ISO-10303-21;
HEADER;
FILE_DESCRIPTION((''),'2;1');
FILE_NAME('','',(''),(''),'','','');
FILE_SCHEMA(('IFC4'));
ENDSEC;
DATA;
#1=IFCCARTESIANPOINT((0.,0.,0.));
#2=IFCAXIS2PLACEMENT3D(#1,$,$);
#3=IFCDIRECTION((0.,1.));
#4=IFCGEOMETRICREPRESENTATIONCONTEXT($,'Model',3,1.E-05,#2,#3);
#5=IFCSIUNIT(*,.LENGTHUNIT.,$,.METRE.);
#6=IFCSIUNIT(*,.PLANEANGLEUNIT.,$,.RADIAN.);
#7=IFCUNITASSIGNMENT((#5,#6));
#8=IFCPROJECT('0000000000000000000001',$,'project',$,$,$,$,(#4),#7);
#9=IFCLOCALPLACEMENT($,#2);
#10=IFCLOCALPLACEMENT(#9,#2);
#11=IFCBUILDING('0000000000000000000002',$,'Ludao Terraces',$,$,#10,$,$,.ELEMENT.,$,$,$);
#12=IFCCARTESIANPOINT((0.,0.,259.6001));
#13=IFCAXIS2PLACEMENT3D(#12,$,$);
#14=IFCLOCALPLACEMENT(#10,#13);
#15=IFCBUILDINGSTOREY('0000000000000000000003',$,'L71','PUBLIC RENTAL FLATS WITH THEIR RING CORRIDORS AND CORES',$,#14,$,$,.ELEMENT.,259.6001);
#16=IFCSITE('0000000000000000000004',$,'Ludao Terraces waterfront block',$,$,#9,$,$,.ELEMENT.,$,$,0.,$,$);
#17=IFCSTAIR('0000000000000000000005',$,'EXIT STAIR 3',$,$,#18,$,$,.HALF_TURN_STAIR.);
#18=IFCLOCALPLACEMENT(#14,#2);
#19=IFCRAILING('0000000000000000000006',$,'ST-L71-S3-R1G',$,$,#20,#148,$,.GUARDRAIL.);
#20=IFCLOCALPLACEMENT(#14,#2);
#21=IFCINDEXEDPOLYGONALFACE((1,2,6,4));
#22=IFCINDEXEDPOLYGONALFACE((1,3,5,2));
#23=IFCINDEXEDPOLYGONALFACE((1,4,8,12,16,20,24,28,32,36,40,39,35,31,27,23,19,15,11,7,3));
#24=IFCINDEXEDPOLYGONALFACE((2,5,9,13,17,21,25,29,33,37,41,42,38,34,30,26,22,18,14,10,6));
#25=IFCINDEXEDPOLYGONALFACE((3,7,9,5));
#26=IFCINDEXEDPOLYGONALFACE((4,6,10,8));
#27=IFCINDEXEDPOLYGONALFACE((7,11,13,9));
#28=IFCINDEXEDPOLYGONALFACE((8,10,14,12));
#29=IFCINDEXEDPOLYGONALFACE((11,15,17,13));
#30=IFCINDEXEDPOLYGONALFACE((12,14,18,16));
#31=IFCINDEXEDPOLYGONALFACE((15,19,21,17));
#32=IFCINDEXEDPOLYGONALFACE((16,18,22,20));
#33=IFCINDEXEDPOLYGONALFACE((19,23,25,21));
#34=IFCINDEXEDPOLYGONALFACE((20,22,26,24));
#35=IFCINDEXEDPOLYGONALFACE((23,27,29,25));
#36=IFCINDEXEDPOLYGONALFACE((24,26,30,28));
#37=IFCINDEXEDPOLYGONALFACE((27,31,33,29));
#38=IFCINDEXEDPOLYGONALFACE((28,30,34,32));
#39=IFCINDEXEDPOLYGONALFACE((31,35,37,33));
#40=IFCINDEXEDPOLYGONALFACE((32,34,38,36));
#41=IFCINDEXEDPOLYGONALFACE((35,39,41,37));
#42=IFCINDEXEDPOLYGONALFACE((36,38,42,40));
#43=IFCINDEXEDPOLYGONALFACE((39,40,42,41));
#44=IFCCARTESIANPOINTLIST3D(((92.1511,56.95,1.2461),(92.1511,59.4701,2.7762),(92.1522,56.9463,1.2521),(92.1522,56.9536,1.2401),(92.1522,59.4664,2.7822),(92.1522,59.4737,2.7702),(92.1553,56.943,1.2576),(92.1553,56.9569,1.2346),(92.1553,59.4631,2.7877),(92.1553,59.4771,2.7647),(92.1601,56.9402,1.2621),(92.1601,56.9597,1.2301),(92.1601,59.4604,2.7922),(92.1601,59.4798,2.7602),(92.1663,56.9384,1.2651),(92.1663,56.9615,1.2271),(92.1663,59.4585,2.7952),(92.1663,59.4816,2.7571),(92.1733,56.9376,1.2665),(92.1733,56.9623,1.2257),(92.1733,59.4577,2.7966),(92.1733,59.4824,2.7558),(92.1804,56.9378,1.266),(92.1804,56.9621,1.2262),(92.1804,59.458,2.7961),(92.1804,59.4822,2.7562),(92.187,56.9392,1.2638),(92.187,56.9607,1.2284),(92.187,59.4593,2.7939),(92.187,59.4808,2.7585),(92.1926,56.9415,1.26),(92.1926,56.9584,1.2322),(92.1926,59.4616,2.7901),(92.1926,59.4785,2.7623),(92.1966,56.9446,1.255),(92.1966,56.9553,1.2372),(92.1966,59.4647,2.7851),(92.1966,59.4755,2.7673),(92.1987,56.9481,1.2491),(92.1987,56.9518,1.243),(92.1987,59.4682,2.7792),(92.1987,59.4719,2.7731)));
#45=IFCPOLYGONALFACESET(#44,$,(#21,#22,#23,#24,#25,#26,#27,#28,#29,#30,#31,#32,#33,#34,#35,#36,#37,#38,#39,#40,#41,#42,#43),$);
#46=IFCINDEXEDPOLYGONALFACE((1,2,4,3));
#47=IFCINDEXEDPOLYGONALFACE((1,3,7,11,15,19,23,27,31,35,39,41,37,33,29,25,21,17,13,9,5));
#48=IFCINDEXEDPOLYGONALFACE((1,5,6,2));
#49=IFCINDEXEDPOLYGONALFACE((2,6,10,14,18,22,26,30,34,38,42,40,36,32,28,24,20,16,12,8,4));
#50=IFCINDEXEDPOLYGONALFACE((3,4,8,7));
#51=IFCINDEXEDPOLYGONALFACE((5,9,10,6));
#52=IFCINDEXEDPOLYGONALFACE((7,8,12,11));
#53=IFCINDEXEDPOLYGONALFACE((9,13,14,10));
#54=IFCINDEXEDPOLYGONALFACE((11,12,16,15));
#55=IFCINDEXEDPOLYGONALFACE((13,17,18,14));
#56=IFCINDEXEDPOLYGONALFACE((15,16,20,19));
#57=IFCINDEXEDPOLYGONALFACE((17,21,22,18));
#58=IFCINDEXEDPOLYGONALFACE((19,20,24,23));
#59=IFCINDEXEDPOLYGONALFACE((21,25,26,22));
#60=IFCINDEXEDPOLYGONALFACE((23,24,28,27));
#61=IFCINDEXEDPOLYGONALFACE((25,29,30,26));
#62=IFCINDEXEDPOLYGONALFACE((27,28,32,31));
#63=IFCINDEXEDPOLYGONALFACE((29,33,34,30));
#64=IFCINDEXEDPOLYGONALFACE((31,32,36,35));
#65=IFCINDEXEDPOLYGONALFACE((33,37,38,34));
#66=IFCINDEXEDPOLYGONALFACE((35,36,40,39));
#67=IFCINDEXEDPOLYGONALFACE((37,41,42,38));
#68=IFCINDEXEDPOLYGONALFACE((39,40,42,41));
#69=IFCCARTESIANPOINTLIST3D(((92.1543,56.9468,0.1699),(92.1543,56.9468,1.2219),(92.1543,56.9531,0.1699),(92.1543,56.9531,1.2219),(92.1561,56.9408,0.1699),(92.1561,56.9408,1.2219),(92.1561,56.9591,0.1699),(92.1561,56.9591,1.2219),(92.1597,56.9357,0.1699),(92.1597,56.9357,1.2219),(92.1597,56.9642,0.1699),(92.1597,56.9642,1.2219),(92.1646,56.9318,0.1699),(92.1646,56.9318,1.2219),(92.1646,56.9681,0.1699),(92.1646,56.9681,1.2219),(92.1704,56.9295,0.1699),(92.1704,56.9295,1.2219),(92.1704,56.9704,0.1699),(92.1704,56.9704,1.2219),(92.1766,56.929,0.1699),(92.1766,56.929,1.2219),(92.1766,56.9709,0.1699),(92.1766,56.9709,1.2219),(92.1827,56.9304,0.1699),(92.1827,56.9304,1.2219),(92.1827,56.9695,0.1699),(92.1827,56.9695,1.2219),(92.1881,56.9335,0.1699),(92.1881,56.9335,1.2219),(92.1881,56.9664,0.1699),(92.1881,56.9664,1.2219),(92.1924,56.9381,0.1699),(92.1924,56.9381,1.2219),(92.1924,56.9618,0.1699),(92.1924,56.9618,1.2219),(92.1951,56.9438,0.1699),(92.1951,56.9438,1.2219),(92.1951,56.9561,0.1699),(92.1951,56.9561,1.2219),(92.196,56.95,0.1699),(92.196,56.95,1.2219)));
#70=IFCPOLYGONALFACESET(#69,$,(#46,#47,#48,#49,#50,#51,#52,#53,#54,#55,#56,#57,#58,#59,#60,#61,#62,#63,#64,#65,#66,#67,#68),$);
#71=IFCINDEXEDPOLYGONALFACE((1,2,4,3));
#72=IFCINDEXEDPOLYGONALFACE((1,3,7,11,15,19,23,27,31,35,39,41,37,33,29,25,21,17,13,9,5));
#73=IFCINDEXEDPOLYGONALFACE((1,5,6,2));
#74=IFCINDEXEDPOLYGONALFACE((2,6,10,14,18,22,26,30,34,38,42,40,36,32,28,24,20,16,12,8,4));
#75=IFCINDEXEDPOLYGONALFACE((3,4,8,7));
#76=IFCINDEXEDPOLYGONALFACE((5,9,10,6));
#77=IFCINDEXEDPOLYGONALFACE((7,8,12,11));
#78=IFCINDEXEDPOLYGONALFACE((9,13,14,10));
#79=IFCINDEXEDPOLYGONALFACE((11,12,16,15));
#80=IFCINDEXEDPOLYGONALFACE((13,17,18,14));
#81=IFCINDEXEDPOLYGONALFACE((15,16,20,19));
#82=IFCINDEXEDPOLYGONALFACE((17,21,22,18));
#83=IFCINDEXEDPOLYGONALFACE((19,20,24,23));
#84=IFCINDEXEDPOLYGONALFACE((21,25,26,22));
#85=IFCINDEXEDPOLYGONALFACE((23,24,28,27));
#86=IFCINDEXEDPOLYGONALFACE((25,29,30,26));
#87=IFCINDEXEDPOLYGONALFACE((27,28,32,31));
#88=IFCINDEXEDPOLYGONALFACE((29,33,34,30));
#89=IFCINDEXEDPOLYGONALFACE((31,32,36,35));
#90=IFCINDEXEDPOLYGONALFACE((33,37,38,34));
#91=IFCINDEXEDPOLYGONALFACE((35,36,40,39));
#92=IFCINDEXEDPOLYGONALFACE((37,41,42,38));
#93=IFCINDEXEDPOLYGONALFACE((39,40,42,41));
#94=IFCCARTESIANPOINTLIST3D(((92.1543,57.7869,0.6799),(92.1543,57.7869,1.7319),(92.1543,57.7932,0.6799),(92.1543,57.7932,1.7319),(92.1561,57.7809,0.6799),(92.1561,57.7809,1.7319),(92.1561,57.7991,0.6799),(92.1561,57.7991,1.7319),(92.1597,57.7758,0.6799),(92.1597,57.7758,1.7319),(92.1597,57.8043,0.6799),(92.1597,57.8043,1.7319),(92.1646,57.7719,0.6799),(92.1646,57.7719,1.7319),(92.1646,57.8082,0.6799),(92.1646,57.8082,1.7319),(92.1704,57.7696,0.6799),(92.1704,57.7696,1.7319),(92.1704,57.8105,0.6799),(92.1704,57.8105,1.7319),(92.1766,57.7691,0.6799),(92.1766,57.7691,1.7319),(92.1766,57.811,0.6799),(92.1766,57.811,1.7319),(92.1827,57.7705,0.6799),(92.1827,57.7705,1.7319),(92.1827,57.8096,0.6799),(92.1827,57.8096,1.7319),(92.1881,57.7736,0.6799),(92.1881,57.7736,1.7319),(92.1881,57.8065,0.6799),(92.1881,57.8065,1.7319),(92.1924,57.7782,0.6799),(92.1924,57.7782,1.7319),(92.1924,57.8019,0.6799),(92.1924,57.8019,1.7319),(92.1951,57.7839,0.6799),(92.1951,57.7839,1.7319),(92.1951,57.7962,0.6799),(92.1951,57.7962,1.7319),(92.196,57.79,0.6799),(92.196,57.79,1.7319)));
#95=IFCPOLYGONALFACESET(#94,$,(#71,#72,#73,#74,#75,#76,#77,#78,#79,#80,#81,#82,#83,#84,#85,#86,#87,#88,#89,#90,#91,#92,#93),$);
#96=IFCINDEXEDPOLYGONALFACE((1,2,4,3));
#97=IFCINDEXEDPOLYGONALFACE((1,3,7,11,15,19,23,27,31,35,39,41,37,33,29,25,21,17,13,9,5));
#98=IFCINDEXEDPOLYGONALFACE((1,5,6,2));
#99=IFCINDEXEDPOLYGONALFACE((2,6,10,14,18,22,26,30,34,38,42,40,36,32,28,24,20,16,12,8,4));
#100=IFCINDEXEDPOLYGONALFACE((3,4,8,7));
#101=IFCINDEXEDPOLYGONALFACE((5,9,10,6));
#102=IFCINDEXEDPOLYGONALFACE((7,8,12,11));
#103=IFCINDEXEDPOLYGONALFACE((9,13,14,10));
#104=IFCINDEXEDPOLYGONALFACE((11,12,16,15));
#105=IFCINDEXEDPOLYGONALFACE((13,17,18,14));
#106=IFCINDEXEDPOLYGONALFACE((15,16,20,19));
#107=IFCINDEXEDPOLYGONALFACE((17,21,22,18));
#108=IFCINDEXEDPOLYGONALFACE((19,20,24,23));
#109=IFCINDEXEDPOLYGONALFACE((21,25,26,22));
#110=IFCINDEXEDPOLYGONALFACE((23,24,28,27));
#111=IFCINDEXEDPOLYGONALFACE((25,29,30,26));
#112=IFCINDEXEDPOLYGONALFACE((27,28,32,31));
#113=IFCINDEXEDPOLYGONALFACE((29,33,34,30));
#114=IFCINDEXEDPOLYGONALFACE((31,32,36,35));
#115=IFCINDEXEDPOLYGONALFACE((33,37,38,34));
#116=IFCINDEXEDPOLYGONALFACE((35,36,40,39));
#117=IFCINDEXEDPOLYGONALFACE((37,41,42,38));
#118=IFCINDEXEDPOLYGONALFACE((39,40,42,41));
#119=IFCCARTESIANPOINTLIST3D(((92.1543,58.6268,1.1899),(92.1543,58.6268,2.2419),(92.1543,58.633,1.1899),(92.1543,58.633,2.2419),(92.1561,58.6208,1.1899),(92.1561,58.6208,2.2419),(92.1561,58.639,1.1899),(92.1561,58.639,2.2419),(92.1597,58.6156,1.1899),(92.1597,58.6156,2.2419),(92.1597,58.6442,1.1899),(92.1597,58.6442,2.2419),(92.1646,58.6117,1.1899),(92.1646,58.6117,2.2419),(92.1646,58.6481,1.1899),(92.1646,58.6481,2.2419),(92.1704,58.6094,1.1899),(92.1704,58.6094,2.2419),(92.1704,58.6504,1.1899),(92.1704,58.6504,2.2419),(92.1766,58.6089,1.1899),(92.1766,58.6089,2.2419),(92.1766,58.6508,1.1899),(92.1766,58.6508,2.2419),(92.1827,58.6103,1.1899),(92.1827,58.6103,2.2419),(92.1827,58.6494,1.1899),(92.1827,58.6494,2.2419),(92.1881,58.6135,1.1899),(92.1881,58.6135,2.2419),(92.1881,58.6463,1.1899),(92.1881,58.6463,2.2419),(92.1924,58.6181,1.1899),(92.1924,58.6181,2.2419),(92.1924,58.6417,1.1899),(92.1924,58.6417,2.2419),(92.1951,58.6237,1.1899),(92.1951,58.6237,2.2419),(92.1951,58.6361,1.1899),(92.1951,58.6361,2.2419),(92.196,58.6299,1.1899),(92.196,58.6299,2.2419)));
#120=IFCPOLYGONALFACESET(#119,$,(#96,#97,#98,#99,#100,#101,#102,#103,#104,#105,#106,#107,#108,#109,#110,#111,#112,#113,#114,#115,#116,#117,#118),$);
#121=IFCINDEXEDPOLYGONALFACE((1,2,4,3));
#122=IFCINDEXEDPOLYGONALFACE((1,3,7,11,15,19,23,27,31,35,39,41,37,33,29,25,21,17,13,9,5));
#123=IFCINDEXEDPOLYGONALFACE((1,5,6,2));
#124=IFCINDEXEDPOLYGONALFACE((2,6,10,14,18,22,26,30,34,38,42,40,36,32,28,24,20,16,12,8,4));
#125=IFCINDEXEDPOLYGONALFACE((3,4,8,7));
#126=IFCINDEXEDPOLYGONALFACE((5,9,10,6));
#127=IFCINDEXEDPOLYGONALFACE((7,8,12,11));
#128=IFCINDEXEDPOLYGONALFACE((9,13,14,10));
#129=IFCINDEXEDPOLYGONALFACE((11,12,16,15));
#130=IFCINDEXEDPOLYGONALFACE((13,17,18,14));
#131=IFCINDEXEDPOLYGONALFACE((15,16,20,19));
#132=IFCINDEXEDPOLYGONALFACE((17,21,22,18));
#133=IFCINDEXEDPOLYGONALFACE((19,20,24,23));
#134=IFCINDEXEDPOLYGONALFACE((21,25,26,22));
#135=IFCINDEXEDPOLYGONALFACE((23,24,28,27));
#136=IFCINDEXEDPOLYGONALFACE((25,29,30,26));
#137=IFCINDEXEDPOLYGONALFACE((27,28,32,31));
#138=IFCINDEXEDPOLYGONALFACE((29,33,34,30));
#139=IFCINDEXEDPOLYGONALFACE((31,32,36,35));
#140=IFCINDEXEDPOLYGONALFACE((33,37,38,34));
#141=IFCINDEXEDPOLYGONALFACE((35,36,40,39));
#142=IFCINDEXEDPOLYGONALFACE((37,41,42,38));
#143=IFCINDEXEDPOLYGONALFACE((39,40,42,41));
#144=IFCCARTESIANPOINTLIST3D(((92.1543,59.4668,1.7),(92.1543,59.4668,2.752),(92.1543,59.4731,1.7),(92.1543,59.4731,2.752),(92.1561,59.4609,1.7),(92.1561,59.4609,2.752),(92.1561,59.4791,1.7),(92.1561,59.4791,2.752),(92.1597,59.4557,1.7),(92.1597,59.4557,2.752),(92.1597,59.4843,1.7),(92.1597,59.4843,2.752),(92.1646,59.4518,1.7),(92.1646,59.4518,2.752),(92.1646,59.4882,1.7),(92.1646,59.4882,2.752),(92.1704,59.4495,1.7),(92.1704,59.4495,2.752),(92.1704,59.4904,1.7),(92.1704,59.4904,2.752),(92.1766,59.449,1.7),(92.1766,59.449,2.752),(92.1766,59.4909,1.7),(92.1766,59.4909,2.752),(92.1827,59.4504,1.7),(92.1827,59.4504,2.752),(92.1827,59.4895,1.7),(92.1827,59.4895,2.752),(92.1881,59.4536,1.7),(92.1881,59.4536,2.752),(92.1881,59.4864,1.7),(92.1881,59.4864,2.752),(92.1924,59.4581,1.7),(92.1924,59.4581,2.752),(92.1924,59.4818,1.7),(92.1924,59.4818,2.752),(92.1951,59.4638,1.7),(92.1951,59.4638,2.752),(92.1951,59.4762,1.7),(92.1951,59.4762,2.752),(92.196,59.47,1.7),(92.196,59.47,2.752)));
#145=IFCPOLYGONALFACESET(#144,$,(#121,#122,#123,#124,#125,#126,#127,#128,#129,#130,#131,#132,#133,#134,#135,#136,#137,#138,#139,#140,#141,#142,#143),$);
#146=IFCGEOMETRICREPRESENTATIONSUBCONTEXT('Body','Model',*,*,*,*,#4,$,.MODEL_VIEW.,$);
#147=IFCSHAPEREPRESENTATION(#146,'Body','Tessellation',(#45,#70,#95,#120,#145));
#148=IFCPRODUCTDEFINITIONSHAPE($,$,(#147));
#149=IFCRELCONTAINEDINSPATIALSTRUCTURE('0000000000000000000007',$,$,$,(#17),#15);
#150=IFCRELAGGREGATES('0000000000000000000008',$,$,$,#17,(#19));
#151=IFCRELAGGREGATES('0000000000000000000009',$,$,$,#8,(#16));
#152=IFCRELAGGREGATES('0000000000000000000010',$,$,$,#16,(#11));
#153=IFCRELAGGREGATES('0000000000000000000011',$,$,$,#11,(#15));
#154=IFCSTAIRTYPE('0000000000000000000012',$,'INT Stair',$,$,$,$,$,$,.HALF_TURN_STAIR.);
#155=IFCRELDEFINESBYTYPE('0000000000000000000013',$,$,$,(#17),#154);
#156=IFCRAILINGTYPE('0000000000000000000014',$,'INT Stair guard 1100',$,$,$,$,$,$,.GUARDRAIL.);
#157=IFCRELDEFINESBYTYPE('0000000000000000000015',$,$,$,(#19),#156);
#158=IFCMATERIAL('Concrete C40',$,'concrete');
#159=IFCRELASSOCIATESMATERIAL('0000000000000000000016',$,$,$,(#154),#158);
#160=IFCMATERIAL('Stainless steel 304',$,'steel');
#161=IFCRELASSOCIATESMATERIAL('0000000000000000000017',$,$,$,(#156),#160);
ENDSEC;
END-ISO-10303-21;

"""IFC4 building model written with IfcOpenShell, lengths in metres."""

from ifc_helpers import new_model, si_unit, direction, frame, origin, origin_2d, place, context, subcontext, project, spatial, circle, extrude, material, type_object, element, aggregate, save


model = new_model("IFC4")

# Units and contexts
model_context = context("Model", 3, precision=1e-05, world=origin(), true_north=direction((0.0, 1.0)))
body_context = subcontext(model_context, "Body", "Model", "MODEL_VIEW")
ifc_project = project(units=[si_unit("LENGTHUNIT", "METRE"), si_unit("PLANEANGLEUNIT", "RADIAN")], contexts=[model_context])

# Site, building, storey
site_placement = place(None, origin())
site = spatial("IfcSite", under=ifc_project, at=site_placement, Name="Ludao Terraces waterfront block", CompositionType="ELEMENT", RefElevation=0.0)
building_placement = place(site_placement, origin())
building = spatial("IfcBuilding", under=site, at=building_placement, Name="Ludao Terraces", CompositionType="ELEMENT")
storey_placement = place(building_placement, frame((0.0, 0.0, 259.6001)))
storey = spatial("IfcBuildingStorey", under=building, at=storey_placement, Name="L71", Description="PUBLIC RENTAL FLATS WITH THEIR RING CORRIDORS AND CORES", CompositionType="ELEMENT", Elevation=259.6001)

# Shared definitions
ifc_material_1 = material(Name="Concrete C40", Category="concrete")

# Stair, railing
stair_type = type_object("IfcStairType", Name="INT Stair", PredefinedType="HALF_TURN_STAIR", material=ifc_material_1)
stair_placement = place(storey_placement, origin())
stair = element("IfcStair", 1, at=stair_placement, inside=storey, type_object=stair_type, Name="EXIT STAIR 3", PredefinedType="HALF_TURN_STAIR")
ifc_material_2 = material(Name="Stainless steel 304", Category="steel")
railing_type_1 = type_object("IfcRailingType", Name="INT Stair guard 1100", PredefinedType="GUARDRAIL", material=ifc_material_2)
railing_1_placement = place(storey_placement, frame((92.175, 56.95, 0.1699)))
railing_1 = element("IfcRailing", 2, at=railing_1_placement, type_object=railing_type_1, Name="ST-L71-S3-R1G", PredefinedType="GUARDRAIL", context=body_context, shape_type="SweptSolid", body=[
    extrude(circle(Radius=0.0239, at=origin_2d()), frame((0.0, 0.0, 1.0762), z_axis=(0.0, 0.854785, 0.518982), x_axis=(-1.0, 0.0, 0.0)), (0.0, 0.0, 1.0), 2.9482),
    extrude(circle(Radius=0.021, at=origin_2d()), origin(), (0.0, 0.0, 1.0), 1.052),
    extrude(circle(Radius=0.021, at=origin_2d()), frame((0.0, 0.8401, 0.51)), (0.0, 0.0, 1.0), 1.052),
    extrude(circle(Radius=0.021, at=origin_2d()), frame((0.0, 1.6799, 1.02)), (0.0, 0.0, 1.0), 1.052),
    extrude(circle(Radius=0.021, at=origin_2d()), frame((0.0, 2.52, 1.53)), (0.0, 0.0, 1.0), 1.052),
])
aggregate(stair, [railing_1])

save(model, "model.ifc")
